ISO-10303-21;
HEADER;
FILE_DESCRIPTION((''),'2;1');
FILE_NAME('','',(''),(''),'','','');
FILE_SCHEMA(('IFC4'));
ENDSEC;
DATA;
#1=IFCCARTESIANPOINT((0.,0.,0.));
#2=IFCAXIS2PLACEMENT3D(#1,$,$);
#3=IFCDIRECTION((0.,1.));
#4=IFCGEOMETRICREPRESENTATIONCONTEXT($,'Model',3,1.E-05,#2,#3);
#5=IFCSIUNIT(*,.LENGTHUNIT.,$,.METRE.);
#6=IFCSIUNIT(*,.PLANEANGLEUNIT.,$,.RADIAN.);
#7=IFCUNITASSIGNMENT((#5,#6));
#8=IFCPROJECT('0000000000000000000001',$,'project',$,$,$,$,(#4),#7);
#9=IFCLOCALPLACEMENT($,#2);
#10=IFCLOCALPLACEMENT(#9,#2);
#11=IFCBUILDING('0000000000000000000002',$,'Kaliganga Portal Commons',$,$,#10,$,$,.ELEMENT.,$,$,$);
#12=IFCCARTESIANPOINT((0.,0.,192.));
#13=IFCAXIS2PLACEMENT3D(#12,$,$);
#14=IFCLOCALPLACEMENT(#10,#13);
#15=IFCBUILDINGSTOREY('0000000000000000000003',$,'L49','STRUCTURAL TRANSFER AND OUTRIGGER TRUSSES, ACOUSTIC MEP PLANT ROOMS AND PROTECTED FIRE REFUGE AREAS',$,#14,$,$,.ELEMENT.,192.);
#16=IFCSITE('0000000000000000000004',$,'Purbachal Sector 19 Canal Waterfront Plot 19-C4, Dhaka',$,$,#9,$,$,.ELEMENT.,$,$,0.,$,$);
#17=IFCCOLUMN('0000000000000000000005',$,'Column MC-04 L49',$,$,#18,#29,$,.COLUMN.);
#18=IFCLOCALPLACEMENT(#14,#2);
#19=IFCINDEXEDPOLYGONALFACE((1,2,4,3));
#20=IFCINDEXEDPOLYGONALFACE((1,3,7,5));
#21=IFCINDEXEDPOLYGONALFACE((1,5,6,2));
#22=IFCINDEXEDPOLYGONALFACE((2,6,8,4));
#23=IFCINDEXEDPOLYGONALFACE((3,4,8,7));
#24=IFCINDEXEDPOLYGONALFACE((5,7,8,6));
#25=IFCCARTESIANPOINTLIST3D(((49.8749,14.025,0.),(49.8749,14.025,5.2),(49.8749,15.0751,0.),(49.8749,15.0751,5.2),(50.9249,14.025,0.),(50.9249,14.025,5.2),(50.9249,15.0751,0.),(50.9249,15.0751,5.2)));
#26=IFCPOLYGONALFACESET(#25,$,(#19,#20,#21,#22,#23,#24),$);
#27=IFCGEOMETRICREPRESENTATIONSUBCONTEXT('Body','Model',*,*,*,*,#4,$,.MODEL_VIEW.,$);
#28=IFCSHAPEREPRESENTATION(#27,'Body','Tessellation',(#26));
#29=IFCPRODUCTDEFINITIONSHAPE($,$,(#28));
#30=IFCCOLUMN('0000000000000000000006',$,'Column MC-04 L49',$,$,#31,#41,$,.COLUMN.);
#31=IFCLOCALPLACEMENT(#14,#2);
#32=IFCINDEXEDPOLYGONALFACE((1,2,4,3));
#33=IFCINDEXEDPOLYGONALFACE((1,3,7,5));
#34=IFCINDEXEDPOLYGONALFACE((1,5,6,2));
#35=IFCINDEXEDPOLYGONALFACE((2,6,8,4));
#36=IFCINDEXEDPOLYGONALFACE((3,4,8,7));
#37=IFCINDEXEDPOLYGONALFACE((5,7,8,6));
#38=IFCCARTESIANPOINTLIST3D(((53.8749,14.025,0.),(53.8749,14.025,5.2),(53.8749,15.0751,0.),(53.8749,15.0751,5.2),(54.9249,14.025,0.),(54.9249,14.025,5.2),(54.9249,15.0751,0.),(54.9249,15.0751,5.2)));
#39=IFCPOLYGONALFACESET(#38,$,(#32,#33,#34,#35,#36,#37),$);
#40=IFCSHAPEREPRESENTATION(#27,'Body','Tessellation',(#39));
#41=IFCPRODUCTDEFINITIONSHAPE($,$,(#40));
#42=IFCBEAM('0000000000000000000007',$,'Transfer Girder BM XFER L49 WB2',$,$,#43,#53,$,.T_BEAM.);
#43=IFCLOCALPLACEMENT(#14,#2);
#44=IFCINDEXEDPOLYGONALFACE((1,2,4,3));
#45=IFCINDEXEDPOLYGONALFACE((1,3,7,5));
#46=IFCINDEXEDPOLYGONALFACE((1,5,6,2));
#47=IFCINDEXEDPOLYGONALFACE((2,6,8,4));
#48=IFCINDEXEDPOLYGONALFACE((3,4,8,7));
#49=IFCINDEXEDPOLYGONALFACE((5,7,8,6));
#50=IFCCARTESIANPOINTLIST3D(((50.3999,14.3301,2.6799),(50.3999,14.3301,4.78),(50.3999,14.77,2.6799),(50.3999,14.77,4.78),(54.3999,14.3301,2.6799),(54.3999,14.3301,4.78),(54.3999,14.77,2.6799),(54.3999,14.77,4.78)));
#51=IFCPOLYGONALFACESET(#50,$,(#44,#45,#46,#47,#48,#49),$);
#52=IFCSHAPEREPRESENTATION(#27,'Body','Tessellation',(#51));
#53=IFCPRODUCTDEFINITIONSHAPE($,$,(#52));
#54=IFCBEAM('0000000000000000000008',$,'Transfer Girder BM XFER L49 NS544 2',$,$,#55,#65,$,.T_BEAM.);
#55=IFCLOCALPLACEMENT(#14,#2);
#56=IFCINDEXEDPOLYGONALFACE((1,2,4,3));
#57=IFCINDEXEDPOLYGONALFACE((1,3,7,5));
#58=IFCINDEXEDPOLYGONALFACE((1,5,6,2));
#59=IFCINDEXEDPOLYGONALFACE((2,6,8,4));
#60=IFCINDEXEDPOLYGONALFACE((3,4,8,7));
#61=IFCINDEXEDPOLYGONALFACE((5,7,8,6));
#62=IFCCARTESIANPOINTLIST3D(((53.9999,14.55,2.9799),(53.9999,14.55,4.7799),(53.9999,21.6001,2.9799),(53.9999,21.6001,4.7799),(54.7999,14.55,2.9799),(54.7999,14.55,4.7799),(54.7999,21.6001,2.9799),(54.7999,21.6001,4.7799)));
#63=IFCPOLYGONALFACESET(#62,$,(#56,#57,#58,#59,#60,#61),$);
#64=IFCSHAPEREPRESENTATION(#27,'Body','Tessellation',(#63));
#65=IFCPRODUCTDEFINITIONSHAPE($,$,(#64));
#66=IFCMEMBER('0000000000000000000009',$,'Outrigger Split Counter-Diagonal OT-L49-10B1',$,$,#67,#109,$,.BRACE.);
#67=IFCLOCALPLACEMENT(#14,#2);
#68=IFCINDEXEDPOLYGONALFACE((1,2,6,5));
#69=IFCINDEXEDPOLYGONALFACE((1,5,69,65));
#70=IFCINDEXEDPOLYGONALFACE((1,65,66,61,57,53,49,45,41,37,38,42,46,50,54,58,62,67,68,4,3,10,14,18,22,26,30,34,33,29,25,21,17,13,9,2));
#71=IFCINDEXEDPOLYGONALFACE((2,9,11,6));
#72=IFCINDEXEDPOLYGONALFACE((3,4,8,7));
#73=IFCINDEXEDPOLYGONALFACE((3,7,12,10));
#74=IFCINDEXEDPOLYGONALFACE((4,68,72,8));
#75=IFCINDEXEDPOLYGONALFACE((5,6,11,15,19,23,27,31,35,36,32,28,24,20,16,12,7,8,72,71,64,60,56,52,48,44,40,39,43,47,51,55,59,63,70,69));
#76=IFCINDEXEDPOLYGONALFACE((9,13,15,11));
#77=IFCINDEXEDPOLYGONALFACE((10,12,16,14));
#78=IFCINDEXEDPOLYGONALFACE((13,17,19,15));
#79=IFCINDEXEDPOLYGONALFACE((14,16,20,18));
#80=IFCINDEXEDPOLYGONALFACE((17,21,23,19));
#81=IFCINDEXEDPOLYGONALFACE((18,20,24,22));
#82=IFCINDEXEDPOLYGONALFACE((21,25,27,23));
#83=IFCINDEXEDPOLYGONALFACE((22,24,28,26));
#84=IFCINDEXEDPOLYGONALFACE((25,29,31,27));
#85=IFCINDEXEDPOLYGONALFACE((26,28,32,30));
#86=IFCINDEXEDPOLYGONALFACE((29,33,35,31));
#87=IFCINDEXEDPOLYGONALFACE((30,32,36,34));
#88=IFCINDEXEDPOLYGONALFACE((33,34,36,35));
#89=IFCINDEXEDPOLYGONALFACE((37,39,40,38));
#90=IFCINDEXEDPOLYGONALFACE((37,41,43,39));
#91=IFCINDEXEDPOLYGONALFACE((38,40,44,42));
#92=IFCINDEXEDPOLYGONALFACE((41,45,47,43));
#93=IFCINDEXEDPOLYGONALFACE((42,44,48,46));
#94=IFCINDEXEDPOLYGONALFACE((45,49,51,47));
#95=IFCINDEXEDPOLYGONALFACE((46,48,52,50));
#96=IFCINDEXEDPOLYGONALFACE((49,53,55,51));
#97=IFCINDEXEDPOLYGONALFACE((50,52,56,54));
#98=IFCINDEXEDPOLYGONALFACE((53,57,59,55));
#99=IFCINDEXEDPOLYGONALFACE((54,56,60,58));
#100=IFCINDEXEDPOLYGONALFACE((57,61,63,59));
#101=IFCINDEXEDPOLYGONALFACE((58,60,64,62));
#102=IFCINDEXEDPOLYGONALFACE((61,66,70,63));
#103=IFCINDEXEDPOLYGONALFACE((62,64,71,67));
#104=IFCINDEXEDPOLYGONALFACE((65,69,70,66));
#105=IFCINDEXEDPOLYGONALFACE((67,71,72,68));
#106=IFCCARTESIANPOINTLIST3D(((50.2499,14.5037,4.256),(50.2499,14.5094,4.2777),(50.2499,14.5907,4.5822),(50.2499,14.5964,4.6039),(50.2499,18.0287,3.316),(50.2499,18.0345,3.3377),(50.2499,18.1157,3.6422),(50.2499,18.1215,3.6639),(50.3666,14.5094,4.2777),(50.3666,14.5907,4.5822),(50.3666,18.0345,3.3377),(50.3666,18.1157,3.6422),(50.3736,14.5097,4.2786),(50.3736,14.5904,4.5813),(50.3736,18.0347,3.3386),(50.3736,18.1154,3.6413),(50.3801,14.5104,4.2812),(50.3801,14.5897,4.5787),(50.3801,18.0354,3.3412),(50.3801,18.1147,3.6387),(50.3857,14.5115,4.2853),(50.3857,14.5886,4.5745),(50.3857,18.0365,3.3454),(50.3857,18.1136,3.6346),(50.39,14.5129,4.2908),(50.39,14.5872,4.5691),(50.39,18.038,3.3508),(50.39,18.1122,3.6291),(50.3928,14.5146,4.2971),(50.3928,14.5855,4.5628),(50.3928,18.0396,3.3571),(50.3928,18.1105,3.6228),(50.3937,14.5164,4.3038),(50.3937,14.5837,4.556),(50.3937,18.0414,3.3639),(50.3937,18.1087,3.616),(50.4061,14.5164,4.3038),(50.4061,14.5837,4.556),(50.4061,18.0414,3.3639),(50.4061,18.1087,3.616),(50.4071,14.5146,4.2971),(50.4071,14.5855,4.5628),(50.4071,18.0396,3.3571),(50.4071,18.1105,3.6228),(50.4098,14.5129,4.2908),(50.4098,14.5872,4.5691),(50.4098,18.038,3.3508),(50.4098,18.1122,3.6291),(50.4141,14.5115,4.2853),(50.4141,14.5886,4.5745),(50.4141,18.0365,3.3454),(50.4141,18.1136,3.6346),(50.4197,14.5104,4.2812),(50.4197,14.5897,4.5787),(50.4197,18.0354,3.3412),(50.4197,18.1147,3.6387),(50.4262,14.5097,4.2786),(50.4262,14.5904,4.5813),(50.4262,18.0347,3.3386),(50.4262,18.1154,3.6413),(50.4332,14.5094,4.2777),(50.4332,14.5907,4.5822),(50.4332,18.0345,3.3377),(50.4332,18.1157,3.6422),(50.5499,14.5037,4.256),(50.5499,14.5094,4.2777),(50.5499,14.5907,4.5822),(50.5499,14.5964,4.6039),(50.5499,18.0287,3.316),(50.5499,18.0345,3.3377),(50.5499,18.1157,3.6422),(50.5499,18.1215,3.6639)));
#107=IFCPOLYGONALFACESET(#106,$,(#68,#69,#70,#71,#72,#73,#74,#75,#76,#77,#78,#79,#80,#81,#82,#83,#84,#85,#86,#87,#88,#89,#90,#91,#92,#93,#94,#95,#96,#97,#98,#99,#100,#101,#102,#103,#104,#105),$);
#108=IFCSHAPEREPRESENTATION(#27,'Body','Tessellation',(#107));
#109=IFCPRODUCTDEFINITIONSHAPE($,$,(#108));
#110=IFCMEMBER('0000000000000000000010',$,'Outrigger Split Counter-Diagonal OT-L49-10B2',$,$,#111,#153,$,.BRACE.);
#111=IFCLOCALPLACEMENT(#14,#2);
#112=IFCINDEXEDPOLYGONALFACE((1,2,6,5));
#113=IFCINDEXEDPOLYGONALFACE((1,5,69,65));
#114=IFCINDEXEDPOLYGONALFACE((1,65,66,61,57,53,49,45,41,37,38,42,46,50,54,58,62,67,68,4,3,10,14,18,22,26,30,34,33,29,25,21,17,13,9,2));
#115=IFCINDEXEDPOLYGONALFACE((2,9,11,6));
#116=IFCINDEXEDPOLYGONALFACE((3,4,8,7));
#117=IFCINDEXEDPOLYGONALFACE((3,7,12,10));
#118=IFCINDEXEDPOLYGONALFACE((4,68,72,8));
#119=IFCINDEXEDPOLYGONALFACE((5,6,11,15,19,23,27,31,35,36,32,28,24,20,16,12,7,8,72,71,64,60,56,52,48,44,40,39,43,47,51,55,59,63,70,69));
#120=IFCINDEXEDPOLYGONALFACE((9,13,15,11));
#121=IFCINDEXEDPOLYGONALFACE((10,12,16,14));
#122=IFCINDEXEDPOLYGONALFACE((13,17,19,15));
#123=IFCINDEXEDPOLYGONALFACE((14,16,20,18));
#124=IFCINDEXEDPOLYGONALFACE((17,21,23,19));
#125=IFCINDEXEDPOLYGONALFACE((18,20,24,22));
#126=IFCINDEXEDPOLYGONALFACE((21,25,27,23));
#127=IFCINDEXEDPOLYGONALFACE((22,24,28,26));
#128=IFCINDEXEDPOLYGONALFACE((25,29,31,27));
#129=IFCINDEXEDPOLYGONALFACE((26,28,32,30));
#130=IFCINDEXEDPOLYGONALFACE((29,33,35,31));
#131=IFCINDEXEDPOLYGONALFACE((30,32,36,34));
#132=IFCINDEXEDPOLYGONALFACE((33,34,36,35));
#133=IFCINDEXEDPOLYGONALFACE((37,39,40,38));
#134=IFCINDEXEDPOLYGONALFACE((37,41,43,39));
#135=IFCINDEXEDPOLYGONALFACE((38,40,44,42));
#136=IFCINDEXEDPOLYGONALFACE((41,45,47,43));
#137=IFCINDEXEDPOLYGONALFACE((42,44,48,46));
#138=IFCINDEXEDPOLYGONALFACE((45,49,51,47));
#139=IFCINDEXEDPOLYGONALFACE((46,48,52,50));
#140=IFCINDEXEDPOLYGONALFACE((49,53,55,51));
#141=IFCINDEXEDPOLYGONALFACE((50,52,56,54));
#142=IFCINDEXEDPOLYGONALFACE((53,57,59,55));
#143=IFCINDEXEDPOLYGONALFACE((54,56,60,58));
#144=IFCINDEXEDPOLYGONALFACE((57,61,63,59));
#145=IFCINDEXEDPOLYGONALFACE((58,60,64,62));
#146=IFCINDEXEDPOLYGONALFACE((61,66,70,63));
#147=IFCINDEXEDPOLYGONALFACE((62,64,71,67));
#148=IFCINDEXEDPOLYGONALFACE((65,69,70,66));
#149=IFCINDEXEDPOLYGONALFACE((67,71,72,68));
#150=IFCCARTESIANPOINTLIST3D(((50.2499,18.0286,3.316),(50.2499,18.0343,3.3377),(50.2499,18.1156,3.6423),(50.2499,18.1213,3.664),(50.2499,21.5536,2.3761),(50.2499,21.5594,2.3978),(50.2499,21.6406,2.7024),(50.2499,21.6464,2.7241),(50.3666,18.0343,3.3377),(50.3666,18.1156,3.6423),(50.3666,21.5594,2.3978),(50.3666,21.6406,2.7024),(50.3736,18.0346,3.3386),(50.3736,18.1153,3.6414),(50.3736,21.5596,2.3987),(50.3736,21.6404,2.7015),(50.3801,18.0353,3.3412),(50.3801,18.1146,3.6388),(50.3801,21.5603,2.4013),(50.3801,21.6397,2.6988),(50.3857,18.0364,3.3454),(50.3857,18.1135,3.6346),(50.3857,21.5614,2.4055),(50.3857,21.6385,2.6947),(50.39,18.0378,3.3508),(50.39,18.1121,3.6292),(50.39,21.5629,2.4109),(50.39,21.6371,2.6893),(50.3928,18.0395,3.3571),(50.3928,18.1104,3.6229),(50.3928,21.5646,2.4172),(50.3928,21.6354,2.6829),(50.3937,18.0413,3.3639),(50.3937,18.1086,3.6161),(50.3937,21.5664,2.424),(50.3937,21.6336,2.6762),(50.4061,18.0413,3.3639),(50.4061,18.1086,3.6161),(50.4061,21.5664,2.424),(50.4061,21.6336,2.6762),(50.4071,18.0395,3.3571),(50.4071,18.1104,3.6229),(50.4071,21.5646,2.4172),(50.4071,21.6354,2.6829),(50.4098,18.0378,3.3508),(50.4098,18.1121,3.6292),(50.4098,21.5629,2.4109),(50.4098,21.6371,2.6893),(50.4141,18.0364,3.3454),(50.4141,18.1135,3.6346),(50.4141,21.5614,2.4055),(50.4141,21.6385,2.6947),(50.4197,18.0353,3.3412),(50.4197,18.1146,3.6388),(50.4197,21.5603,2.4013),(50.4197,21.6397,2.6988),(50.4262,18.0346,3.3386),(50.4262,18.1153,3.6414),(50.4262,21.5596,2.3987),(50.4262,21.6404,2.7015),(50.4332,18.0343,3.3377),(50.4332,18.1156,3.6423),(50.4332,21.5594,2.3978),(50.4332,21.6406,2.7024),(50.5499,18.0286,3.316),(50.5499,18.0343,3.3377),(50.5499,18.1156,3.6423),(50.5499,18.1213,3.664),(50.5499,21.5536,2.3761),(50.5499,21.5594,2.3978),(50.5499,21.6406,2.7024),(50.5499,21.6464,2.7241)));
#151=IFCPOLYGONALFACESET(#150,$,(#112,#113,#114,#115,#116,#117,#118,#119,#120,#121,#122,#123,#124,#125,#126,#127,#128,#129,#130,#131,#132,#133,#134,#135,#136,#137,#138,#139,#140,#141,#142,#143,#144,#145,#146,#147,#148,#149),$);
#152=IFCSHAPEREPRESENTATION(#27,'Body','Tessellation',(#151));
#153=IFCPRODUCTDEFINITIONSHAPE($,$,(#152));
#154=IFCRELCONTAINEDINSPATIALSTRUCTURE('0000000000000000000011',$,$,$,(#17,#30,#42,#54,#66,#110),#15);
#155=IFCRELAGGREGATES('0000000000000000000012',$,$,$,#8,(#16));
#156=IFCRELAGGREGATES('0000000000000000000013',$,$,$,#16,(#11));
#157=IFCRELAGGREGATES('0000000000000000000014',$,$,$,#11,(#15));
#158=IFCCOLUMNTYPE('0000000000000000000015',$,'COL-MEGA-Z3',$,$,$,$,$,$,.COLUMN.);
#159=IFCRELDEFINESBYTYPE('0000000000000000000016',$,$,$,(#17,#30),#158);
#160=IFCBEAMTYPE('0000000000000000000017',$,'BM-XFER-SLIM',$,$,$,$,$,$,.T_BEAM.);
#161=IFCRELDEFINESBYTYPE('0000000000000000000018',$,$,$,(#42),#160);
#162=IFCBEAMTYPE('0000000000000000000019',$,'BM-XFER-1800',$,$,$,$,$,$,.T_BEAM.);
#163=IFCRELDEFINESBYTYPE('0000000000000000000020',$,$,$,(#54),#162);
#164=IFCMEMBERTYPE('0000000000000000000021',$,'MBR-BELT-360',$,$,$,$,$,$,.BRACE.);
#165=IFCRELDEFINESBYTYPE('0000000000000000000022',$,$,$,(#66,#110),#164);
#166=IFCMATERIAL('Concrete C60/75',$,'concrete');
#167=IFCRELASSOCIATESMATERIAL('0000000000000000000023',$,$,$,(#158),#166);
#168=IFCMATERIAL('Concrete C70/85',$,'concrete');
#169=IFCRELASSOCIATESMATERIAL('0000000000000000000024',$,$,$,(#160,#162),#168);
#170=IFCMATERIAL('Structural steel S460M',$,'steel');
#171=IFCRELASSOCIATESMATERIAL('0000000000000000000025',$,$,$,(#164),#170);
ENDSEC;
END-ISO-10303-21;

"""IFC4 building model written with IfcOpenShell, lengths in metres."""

from ifc_helpers import new_model, si_unit, direction, frame, origin, origin_2d, place, context, subcontext, project, spatial, rectangle, i_section, extrude, source, transform, mapped, material, material_profile, profile_set, type_object, element, save


model = new_model("IFC4")

# Units and contexts
model_context = context("Model", 3, precision=1e-05, world=origin(), true_north=direction((0.0, 1.0)))
body_context = subcontext(model_context, "Body", "Model", "MODEL_VIEW")
ifc_project = project(units=[si_unit("LENGTHUNIT", "METRE"), si_unit("PLANEANGLEUNIT", "RADIAN")], contexts=[model_context])

# Site, building, storey
site_placement = place(None, origin())
site = spatial("IfcSite", under=ifc_project, at=site_placement, Name="Purbachal Sector 19 Canal Waterfront Plot 19-C4, Dhaka", CompositionType="ELEMENT", RefElevation=0.0)
building_placement = place(site_placement, origin())
building = spatial("IfcBuilding", under=site, at=building_placement, Name="Kaliganga Portal Commons", CompositionType="ELEMENT")
storey_placement = place(building_placement, frame((0.0, 0.0, 192.0)))
storey = spatial("IfcBuildingStorey", under=building, at=storey_placement, Name="L49", Description="STRUCTURAL TRANSFER AND OUTRIGGER TRUSSES, ACOUSTIC MEP PLANT ROOMS AND PROTECTED FIRE REFUGE AREAS", CompositionType="ELEMENT", Elevation=192.0)

# Columns
ifc_material_1 = material(Name="Concrete C60/75", Category="concrete")
ifc_material_profile_1 = material_profile(ifc_material_1, rectangle(XDim=1.05, YDim=1.05, at=origin_2d()), Name="RC 1050x1050")
ifc_profile_set_1 = profile_set([ifc_material_profile_1], Name="Concrete C60/75")
column_type = type_object("IfcColumnType", Name="COL-MEGA-Z3", PredefinedType="COLUMN", material=ifc_profile_set_1)
shared_shape_1 = source(origin(), body_context, "Body", "SweptSolid", [
    extrude(rectangle(XDim=1.05, YDim=1.05, at=origin_2d()), origin(), (0.0, 0.0, 1.0), 5.2),
])
for number, where, z_axis, x_axis, name in (
    (1, (50.3999, 14.55, 0.0), (0.0, 0.0, 1.0), (1.0, 0.0, 0.0), "Column MC-04 L49"),
    (2, (54.3999, 14.55, 0.0), (0.0, 0.0, 1.0), (1.0, 0.0, 0.0), "Column MC-04 L49"),
):
    element("IfcColumn", number, at=place(storey_placement, frame(where, z_axis=z_axis, x_axis=x_axis)), inside=storey, type_object=column_type, Name=name, PredefinedType="COLUMN", context=body_context, shape_type="MappedRepresentation", body=[
        mapped(shared_shape_1, transform((0.0, 0.0, 0.0), x_axis=(1.0, 0.0, 0.0), y_axis=(0.0, 1.0, 0.0), z_axis=(0.0, 0.0, 1.0), scale=1.0)),
    ])

# Beams
ifc_material_2 = material(Name="Concrete C70/85", Category="concrete")
ifc_material_profile_2 = material_profile(ifc_material_2, rectangle(XDim=0.4399, YDim=2.1001, at=origin_2d()), Name="RC 440x2100")
ifc_profile_set_2 = profile_set([ifc_material_profile_2], Name="Concrete C70/85")
beam_type_1 = type_object("IfcBeamType", Name="BM-XFER-SLIM", PredefinedType="T_BEAM", material=ifc_profile_set_2)
shared_shape_2 = source(origin(), body_context, "Body", "SweptSolid", [
    extrude(rectangle(XDim=0.4399, YDim=2.1001, at=origin_2d()), origin(), (0.0, 0.0, 1.0), 4.0),
])
beam_1_placement = place(storey_placement, frame((50.3999, 14.55, 3.73), z_axis=(1.0, 0.0, 0.0), x_axis=(0.0, 1.0, 0.0)))
element("IfcBeam", 3, at=beam_1_placement, inside=storey, type_object=beam_type_1, Name="Transfer Girder BM XFER L49 WB2", PredefinedType="T_BEAM", context=body_context, shape_type="MappedRepresentation", body=[
    mapped(shared_shape_2, transform((0.0, 0.0, 0.0), x_axis=(1.0, 0.0, 0.0), y_axis=(0.0, 1.0, 0.0), z_axis=(0.0, 0.0, 1.0), scale=1.0)),
])
ifc_material_profile_3 = material_profile(ifc_material_2, rectangle(XDim=0.8, YDim=1.8, at=origin_2d()), Name="RC 800x1800")
ifc_profile_set_3 = profile_set([ifc_material_profile_3], Name="Concrete C70/85")
beam_type_2 = type_object("IfcBeamType", Name="BM-XFER-1800", PredefinedType="T_BEAM", material=ifc_profile_set_3)
shared_shape_3 = source(origin(), body_context, "Body", "SweptSolid", [
    extrude(rectangle(XDim=0.8, YDim=1.8, at=origin_2d()), origin(), (0.0, 0.0, 1.0), 7.05),
])
beam_2_placement = place(storey_placement, frame((54.3999, 14.55, 3.8799), z_axis=(0.0, 1.0, 0.0), x_axis=(-1.0, 0.0, 0.0)))
element("IfcBeam", 4, at=beam_2_placement, inside=storey, type_object=beam_type_2, Name="Transfer Girder BM XFER L49 NS544 2", PredefinedType="T_BEAM", context=body_context, shape_type="MappedRepresentation", body=[
    mapped(shared_shape_3, transform((0.0, 0.0, 0.0), x_axis=(1.0, 0.0, 0.0), y_axis=(0.0, 1.0, 0.0), z_axis=(0.0, 0.0, 1.0), scale=1.0)),
])

# Members
ifc_material_3 = material(Name="Structural steel S460M", Category="steel")
ifc_material_profile_4 = material_profile(ifc_material_3, i_section(OverallWidth=0.3, OverallDepth=0.3601, WebThickness=0.0125, FlangeThickness=0.0225, FilletRadius=0.0271, at=origin_2d()), Name="HE 360 B")
ifc_profile_set_4 = profile_set([ifc_material_profile_4], Name="Structural steel S460M wide-flange")
member_type_1 = type_object("IfcMemberType", Name="MBR-BELT-360", PredefinedType="BRACE", material=ifc_profile_set_4)
shared_shape_4 = source(origin(), body_context, "Body", "SweptSolid", [
    extrude(i_section(OverallWidth=0.3, OverallDepth=0.3601, WebThickness=0.0125, FlangeThickness=0.0225, FilletRadius=0.0271, at=origin_2d()), origin(), (0.0, 0.0, 1.0), 3.6482),
])
for number, where, z_axis, x_axis, name in (
    (5, (50.3999, 14.55, 4.4299), (0.0, 0.966237, -0.257654), (-1.0, 0.0, 0.0), "Outrigger Split Counter-Diagonal OT-L49-10B1"),
    (6, (50.3999, 18.075, 3.49), (0.0, 0.966242, -0.257638), (-1.0, 0.0, 0.0), "Outrigger Split Counter-Diagonal OT-L49-10B2"),
):
    element("IfcMember", number, at=place(storey_placement, frame(where, z_axis=z_axis, x_axis=x_axis)), inside=storey, type_object=member_type_1, Name=name, PredefinedType="BRACE", context=body_context, shape_type="MappedRepresentation", body=[
        mapped(shared_shape_4, transform((0.0, 0.0, 0.0), x_axis=(1.0, 0.0, 0.0), y_axis=(0.0, 1.0, 0.0), z_axis=(0.0, 0.0, 1.0), scale=1.0)),
    ])

save(model, "model.ifc")
